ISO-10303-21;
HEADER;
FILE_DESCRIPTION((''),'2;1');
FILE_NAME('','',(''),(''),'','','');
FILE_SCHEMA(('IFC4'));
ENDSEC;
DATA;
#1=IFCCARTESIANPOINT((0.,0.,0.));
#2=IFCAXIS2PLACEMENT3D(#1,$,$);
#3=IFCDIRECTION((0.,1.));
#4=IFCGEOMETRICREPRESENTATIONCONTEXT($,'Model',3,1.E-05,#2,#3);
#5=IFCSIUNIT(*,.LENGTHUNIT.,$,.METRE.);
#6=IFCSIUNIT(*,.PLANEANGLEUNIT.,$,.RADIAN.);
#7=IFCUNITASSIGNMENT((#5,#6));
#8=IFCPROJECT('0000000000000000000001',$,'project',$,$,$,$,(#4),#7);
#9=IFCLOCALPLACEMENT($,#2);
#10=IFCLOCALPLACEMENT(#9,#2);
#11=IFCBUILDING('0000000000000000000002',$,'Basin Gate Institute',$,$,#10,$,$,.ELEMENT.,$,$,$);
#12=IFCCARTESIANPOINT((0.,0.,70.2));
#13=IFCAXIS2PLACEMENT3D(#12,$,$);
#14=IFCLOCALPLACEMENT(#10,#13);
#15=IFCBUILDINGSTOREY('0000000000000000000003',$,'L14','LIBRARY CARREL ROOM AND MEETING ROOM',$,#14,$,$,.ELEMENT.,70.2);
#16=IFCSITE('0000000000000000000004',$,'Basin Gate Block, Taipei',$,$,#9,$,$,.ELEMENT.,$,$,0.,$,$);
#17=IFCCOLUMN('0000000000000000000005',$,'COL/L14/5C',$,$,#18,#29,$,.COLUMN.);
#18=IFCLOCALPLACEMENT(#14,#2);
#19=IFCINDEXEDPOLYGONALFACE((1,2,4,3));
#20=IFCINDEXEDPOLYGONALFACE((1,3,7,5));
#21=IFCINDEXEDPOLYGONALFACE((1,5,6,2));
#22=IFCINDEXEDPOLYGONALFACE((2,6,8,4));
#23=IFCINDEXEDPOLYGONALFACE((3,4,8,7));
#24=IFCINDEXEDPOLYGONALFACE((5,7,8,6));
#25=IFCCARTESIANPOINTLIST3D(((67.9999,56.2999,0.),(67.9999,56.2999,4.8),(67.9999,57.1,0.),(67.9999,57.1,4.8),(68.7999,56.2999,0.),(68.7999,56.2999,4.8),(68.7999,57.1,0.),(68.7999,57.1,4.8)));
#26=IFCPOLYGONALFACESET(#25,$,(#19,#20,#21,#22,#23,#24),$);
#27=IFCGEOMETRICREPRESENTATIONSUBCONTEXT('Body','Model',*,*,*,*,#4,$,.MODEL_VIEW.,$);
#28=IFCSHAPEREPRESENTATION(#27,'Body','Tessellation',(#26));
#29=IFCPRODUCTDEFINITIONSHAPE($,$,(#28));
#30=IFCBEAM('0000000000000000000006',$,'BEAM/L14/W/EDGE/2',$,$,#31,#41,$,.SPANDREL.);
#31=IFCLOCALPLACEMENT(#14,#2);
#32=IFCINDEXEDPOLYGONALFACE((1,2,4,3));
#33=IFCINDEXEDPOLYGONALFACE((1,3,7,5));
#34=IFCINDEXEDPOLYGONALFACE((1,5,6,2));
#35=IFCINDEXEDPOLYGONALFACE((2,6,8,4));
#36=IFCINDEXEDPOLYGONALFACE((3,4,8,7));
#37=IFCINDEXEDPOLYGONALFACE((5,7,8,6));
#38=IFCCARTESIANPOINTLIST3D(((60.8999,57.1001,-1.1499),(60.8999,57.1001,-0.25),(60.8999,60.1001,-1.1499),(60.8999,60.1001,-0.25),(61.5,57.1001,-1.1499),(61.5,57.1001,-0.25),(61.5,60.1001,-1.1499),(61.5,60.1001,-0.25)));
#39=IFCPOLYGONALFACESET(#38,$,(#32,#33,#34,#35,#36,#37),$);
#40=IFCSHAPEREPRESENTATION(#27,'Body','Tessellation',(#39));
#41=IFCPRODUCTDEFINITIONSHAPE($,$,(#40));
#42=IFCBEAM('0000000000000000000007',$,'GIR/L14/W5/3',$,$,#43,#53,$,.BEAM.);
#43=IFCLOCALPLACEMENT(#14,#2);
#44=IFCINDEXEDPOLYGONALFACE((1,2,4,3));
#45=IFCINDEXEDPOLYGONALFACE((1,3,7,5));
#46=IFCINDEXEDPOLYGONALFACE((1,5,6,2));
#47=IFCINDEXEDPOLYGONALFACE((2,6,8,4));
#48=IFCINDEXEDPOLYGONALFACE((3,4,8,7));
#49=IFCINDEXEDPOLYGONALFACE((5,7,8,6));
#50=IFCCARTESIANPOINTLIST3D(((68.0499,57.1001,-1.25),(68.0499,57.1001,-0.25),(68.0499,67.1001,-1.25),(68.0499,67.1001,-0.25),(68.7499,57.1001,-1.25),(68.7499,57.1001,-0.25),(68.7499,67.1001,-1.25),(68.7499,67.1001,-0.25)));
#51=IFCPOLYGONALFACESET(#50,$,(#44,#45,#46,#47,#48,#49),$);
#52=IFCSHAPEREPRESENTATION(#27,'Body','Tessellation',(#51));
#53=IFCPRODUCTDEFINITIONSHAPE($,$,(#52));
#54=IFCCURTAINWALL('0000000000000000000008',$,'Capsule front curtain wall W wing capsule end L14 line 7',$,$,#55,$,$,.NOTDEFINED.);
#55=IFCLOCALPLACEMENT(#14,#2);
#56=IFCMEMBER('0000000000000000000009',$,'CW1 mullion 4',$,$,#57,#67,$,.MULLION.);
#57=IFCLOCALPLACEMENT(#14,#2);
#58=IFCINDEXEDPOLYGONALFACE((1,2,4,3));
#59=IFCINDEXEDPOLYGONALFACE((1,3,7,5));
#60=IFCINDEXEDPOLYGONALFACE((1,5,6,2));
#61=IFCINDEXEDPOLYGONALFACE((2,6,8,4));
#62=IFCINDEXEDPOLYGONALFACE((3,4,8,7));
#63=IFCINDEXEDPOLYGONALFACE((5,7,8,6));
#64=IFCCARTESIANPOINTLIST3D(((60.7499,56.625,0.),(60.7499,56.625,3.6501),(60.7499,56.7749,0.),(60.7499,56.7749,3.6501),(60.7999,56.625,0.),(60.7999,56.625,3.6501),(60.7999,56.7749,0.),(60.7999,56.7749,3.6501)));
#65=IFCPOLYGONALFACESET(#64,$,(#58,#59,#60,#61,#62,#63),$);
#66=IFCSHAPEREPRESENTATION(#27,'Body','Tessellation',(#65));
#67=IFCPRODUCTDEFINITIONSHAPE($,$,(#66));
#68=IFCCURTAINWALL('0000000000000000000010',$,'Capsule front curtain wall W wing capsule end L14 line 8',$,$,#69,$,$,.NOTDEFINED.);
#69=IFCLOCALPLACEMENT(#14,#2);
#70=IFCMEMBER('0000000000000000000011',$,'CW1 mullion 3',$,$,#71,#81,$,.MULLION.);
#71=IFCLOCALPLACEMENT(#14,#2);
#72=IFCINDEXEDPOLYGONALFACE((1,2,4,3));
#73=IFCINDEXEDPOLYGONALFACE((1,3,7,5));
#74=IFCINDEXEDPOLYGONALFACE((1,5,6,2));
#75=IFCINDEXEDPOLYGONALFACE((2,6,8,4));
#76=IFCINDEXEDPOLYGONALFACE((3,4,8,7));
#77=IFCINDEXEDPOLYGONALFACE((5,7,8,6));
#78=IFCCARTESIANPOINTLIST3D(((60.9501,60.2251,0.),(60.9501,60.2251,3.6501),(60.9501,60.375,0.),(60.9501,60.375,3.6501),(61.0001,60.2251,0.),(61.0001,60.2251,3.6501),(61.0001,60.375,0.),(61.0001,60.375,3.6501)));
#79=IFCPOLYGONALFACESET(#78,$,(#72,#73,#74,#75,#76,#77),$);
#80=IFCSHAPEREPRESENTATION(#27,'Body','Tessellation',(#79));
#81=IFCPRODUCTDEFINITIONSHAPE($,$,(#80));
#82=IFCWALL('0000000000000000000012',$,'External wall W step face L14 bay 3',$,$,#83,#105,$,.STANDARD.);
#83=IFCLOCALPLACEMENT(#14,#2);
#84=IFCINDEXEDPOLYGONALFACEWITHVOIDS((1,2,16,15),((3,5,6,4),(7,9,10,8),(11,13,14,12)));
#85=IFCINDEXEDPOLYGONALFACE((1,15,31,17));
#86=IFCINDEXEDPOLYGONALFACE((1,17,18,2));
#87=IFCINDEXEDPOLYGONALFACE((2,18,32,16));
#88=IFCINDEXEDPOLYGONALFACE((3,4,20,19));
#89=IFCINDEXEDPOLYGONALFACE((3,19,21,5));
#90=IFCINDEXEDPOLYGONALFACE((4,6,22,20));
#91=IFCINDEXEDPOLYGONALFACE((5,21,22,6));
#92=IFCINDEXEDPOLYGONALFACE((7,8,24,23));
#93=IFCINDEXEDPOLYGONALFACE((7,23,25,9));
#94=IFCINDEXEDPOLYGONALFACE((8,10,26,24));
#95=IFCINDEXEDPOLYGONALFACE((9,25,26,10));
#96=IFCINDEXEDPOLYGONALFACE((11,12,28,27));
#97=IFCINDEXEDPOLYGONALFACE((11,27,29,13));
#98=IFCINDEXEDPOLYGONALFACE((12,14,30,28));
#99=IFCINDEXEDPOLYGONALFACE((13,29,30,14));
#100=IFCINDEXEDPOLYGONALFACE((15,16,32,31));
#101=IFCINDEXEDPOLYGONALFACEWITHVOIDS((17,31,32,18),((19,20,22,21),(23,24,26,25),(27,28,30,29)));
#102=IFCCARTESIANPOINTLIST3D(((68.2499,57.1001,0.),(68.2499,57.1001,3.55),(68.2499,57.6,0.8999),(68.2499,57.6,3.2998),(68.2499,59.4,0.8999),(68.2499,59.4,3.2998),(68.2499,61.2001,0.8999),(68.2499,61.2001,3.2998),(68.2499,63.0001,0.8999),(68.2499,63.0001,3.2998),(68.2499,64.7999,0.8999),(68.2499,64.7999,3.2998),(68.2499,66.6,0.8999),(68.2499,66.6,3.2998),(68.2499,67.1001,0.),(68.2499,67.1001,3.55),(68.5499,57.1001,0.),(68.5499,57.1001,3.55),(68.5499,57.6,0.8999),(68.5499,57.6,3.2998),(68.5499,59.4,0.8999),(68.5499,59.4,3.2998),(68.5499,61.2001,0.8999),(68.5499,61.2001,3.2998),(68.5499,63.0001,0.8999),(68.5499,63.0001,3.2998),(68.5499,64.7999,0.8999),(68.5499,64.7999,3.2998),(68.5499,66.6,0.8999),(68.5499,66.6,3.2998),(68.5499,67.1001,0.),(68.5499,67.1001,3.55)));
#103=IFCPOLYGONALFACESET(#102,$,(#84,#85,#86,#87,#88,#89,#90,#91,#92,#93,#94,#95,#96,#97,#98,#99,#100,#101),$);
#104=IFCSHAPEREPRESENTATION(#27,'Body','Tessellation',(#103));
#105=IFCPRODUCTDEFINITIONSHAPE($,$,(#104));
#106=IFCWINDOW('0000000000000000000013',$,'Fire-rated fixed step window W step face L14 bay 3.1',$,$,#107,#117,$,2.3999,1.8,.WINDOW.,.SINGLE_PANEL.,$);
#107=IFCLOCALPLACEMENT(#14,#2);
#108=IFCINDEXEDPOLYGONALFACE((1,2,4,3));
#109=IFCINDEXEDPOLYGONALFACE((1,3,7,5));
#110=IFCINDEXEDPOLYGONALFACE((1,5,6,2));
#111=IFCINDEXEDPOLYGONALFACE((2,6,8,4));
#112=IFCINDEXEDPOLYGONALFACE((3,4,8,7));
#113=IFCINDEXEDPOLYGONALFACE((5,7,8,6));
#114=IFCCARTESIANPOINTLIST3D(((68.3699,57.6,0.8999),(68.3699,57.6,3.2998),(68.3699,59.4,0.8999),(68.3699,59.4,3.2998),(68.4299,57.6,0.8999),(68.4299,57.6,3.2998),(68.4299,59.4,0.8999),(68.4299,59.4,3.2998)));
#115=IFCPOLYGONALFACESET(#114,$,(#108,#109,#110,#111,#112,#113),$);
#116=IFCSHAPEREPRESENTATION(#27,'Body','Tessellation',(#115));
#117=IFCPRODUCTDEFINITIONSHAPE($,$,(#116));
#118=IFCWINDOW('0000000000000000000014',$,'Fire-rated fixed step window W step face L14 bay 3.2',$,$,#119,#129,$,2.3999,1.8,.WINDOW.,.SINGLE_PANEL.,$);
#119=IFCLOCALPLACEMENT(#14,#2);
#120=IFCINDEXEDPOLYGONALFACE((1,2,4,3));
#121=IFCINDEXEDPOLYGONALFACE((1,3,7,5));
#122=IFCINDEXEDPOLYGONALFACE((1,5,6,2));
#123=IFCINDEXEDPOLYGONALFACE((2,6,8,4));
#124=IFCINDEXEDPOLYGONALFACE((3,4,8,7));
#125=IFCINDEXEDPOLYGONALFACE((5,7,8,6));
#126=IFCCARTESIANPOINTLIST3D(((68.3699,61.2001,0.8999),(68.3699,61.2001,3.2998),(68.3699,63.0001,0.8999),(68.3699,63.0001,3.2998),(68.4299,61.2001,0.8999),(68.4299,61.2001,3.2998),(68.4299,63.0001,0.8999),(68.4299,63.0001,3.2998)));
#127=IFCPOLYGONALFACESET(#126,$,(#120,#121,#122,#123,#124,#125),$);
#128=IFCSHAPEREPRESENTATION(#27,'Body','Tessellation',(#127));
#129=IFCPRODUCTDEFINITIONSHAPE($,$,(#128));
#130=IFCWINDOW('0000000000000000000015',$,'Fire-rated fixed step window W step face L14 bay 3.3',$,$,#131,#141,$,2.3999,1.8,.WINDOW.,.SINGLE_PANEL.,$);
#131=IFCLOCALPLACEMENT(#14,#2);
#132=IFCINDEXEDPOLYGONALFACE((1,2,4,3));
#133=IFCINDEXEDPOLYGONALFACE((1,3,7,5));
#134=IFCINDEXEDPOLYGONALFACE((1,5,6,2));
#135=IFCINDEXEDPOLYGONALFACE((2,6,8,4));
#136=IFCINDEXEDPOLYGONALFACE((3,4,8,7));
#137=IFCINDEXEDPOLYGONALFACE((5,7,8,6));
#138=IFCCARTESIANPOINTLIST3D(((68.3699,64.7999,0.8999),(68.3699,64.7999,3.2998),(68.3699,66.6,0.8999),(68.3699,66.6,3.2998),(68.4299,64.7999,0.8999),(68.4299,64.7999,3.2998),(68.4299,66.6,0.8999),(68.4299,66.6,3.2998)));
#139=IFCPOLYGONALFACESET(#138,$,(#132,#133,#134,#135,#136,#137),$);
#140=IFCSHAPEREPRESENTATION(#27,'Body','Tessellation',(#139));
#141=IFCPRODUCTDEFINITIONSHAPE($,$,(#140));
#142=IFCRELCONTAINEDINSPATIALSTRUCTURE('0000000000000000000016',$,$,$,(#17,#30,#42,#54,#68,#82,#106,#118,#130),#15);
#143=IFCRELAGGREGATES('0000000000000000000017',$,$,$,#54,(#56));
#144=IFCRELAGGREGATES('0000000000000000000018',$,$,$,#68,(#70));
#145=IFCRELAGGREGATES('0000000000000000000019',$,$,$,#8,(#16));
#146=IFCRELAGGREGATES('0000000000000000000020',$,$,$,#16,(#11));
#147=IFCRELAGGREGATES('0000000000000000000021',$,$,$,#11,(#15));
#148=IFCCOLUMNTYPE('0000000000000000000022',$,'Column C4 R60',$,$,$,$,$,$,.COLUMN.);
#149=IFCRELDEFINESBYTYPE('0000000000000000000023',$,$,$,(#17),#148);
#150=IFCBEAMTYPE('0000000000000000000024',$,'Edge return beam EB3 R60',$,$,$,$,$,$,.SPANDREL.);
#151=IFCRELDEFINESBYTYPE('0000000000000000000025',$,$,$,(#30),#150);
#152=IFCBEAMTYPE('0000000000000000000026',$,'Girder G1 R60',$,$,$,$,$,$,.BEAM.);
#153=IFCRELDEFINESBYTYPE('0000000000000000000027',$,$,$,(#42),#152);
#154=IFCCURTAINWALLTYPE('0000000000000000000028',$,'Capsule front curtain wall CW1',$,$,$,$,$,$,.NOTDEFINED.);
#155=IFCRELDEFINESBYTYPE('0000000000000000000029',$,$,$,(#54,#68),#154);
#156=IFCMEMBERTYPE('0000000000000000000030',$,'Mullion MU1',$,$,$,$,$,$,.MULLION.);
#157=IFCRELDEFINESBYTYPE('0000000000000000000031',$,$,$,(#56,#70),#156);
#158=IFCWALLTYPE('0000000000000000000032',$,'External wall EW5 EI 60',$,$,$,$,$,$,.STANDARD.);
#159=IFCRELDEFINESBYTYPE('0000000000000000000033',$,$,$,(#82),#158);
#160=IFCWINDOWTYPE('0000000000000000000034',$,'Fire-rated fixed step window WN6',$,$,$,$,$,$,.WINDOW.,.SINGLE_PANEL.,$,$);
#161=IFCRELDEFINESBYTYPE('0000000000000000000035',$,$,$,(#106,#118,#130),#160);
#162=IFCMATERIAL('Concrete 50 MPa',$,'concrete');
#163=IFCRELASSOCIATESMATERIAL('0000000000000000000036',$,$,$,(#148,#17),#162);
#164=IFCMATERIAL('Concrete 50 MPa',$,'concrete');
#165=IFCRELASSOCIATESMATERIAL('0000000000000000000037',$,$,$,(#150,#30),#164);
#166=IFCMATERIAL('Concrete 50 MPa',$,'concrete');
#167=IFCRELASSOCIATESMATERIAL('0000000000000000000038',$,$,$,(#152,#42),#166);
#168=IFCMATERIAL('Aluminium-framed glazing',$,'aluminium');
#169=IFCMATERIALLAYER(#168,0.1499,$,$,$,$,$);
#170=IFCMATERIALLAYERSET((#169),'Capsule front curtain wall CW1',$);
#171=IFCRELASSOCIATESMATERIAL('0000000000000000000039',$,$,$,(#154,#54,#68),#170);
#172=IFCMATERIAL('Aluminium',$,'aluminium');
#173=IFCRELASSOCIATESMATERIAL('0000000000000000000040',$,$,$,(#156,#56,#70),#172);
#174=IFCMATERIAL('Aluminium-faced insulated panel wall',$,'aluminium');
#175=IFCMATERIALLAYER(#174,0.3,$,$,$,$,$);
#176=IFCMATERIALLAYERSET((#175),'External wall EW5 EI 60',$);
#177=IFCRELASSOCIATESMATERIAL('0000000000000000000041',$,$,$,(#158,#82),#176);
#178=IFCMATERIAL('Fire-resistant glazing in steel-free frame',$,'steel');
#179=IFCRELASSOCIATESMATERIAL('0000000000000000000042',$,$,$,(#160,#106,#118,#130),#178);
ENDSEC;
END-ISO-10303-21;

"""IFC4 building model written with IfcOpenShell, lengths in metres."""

from ifc_helpers import new_model, si_unit, direction, frame, frame_2d, origin, origin_2d, place, context, subcontext, project, spatial, rectangle, extrude, material, layer, layer_set, material_profile, profile_set, type_object, element, fill, aggregate, save


model = new_model("IFC4")

# Units and contexts
model_context = context("Model", 3, precision=1e-05, world=origin(), true_north=direction((0.0, 1.0)))
body_context = subcontext(model_context, "Body", "Model", "MODEL_VIEW")
ifc_project = project(units=[si_unit("LENGTHUNIT", "METRE"), si_unit("PLANEANGLEUNIT", "RADIAN")], contexts=[model_context])

# Site, building, storey
site_placement = place(None, origin())
site = spatial("IfcSite", under=ifc_project, at=site_placement, Name="Basin Gate Block, Taipei", CompositionType="ELEMENT", RefElevation=0.0)
building_placement = place(site_placement, origin())
building = spatial("IfcBuilding", under=site, at=building_placement, Name="Basin Gate Institute", CompositionType="ELEMENT")
storey_placement = place(building_placement, frame((0.0, 0.0, 70.2)))
storey = spatial("IfcBuildingStorey", under=building, at=storey_placement, Name="L14", Description="LIBRARY CARREL ROOM AND MEETING ROOM", CompositionType="ELEMENT", Elevation=70.2)

# Column
ifc_material_1 = material(Name="Concrete 50 MPa", Category="concrete")
ifc_material_profile_1 = material_profile(ifc_material_1, rectangle(XDim=0.8, YDim=0.8, at=origin_2d()), Name="Column C4 800 x 800")
ifc_profile_set_1 = profile_set([ifc_material_profile_1], Name="Concrete 50 MPa")
column_type = type_object("IfcColumnType", Name="Column C4 R60", PredefinedType="COLUMN", material=ifc_profile_set_1)
column_placement = place(storey_placement, frame((68.3999, 56.7, 0.0), z_axis=(0.0, 0.0, 1.0), x_axis=(1.0, 0.0, 0.0)))
element("IfcColumn", 1, at=column_placement, inside=storey, type_object=column_type, material=ifc_profile_set_1, Name="COL/L14/5C", PredefinedType="COLUMN", context=body_context, shape_type="SweptSolid", body=[
    extrude(rectangle(XDim=0.8, YDim=0.8, at=origin_2d()), origin(), (0.0, 0.0, 1.0), 4.8),
])

# Beams
ifc_material_2 = material(Name="Concrete 50 MPa", Category="concrete")
ifc_material_profile_2 = material_profile(ifc_material_2, rectangle(XDim=0.6001, YDim=0.8999, at=origin_2d()), Name="Edge return beam EB3 600 x 900")
ifc_profile_set_2 = profile_set([ifc_material_profile_2], Name="Concrete 50 MPa")
beam_type_1 = type_object("IfcBeamType", Name="Edge return beam EB3 R60", PredefinedType="SPANDREL", material=ifc_profile_set_2)
beam_1_placement = place(storey_placement, frame((61.2, 57.1001, -0.7), z_axis=(0.0, 1.0, 0.0), x_axis=(-1.0, 0.0, 0.0)))
element("IfcBeam", 2, at=beam_1_placement, inside=storey, type_object=beam_type_1, material=ifc_profile_set_2, Name="BEAM/L14/W/EDGE/2", PredefinedType="SPANDREL", context=body_context, shape_type="SweptSolid", body=[
    extrude(rectangle(XDim=0.6001, YDim=0.8999, at=origin_2d()), origin(), (0.0, 0.0, 1.0), 3.0),
])
ifc_material_3 = material(Name="Concrete 50 MPa", Category="concrete")
ifc_material_profile_3 = material_profile(ifc_material_3, rectangle(XDim=0.7, YDim=1.0, at=origin_2d()), Name="Girder G1 700 x 1000")
ifc_profile_set_3 = profile_set([ifc_material_profile_3], Name="Concrete 50 MPa")
beam_type_2 = type_object("IfcBeamType", Name="Girder G1 R60", PredefinedType="BEAM", material=ifc_profile_set_3)
beam_2_placement = place(storey_placement, frame((68.3999, 57.1001, -0.75), z_axis=(0.0, 1.0, 0.0), x_axis=(-1.0, 0.0, 0.0)))
element("IfcBeam", 3, at=beam_2_placement, inside=storey, type_object=beam_type_2, material=ifc_profile_set_3, Name="GIR/L14/W5/3", PredefinedType="BEAM", context=body_context, shape_type="SweptSolid", body=[
    extrude(rectangle(XDim=0.7, YDim=1.0, at=origin_2d()), origin(), (0.0, 0.0, 1.0), 10.0),
])

# Curtain walls, members
ifc_material_4 = material(Name="Aluminium-framed glazing", Category="aluminium")
ifc_layer_1 = layer(ifc_material_4, 0.1499)
ifc_layer_set_1 = layer_set([ifc_layer_1], Name="Capsule front curtain wall CW1")
curtain_wall_type = type_object("IfcCurtainWallType", Name="Capsule front curtain wall CW1", PredefinedType="NOTDEFINED", material=ifc_layer_set_1)
curtain_wall_1_placement = place(storey_placement, origin())
curtain_wall_1 = element("IfcCurtainWall", 4, at=curtain_wall_1_placement, inside=storey, type_object=curtain_wall_type, material=ifc_layer_set_1, Name="Capsule front curtain wall W wing capsule end L14 line 7", PredefinedType="NOTDEFINED")
ifc_material_5 = material(Name="Aluminium", Category="aluminium")
ifc_material_profile_4 = material_profile(ifc_material_5, rectangle(XDim=0.1499, YDim=0.05, at=origin_2d()), Name="Mullion MU1 150 x 50")
ifc_profile_set_4 = profile_set([ifc_material_profile_4], Name="Aluminium")
member_type = type_object("IfcMemberType", Name="Mullion MU1", PredefinedType="MULLION", material=ifc_profile_set_4)
member_1_placement = place(storey_placement, frame((60.7749, 56.7, 0.0), z_axis=(0.0, 0.0, 1.0), x_axis=(0.0, 1.0, 0.0)))
member_1 = element("IfcMember", 5, at=member_1_placement, type_object=member_type, material=ifc_profile_set_4, Name="CW1 mullion 4", PredefinedType="MULLION", context=body_context, shape_type="SweptSolid", body=[
    extrude(rectangle(XDim=0.1499, YDim=0.05, at=origin_2d()), origin(), (0.0, 0.0, 1.0), 3.6501),
])
aggregate(curtain_wall_1, [member_1])
curtain_wall_2_placement = place(storey_placement, origin())
curtain_wall_2 = element("IfcCurtainWall", 6, at=curtain_wall_2_placement, inside=storey, type_object=curtain_wall_type, material=ifc_layer_set_1, Name="Capsule front curtain wall W wing capsule end L14 line 8", PredefinedType="NOTDEFINED")
member_2_placement = place(storey_placement, frame((60.9751, 60.3, 0.0), z_axis=(0.0, 0.0, 1.0), x_axis=(0.0, 1.0, 0.0)))
member_2 = element("IfcMember", 7, at=member_2_placement, type_object=member_type, material=ifc_profile_set_4, Name="CW1 mullion 3", PredefinedType="MULLION", context=body_context, shape_type="SweptSolid", body=[
    extrude(rectangle(XDim=0.1499, YDim=0.05, at=origin_2d()), origin(), (0.0, 0.0, 1.0), 3.6501),
])
aggregate(curtain_wall_2, [member_2])

# Wall, openings, windows
ifc_material_6 = material(Name="Aluminium-faced insulated panel wall", Category="aluminium")
ifc_layer_2 = layer(ifc_material_6, 0.3)
ifc_layer_set_2 = layer_set([ifc_layer_2], Name="External wall EW5 EI 60")
wall_type_1 = type_object("IfcWallType", Name="External wall EW5 EI 60", PredefinedType="STANDARD", material=ifc_layer_set_2)
wall_1_placement = place(storey_placement, frame((68.3999, 57.1001, 0.0), z_axis=(0.0, 0.0, 1.0), x_axis=(0.0, 1.0, 0.0)))
wall_1 = element("IfcWall", 8, at=wall_1_placement, inside=storey, type_object=wall_type_1, material=ifc_layer_set_2, Name="External wall W step face L14 bay 3", PredefinedType="STANDARD", context=body_context, shape_type="SweptSolid", body=[
    extrude(rectangle(XDim=10.0, YDim=0.3, at=frame_2d((5.0, 0.0))), origin(), (0.0, 0.0, 1.0), 3.55),
])
opening_1_placement = place(wall_1_placement, frame((0.5, 0.0, 0.8999)))
opening_1 = element("IfcOpeningElement", 9, at=opening_1_placement, cuts=wall_1, PredefinedType="OPENING", context=body_context, shape_type="SweptSolid", body=[
    extrude(rectangle(XDim=1.8, YDim=2.3999, at=frame_2d((0.8999, 1.2))), frame((0.0, 0.1602, 0.0), z_axis=(0.0, -1.0, 0.0), x_axis=(1.0, 0.0, 0.0)), (0.0, 0.0, 1.0), 0.3201),
])
opening_2_placement = place(wall_1_placement, frame((4.1001, 0.0, 0.8999)))
opening_2 = element("IfcOpeningElement", 10, at=opening_2_placement, cuts=wall_1, PredefinedType="OPENING", context=body_context, shape_type="SweptSolid", body=[
    extrude(rectangle(XDim=1.8, YDim=2.3999, at=frame_2d((0.8999, 1.2))), frame((0.0, 0.1602, 0.0), z_axis=(0.0, -1.0, 0.0), x_axis=(1.0, 0.0, 0.0)), (0.0, 0.0, 1.0), 0.3201),
])
opening_3_placement = place(wall_1_placement, frame((7.7, 0.0, 0.8999)))
opening_3 = element("IfcOpeningElement", 11, at=opening_3_placement, cuts=wall_1, PredefinedType="OPENING", context=body_context, shape_type="SweptSolid", body=[
    extrude(rectangle(XDim=1.8, YDim=2.3999, at=frame_2d((0.8999, 1.2))), frame((0.0, 0.1602, 0.0), z_axis=(0.0, -1.0, 0.0), x_axis=(1.0, 0.0, 0.0)), (0.0, 0.0, 1.0), 0.3201),
])
ifc_material_7 = material(Name="Fire-resistant glazing in steel-free frame", Category="steel")
window_type_1 = type_object("IfcWindowType", Name="Fire-rated fixed step window WN6", PartitioningType="SINGLE_PANEL", PredefinedType="WINDOW", material=ifc_material_7)
window_1_placement = place(opening_1_placement, origin())
window_1 = element("IfcWindow", 12, at=window_1_placement, inside=storey, type_object=window_type_1, material=ifc_material_7, Name="Fire-rated fixed step window W step face L14 bay 3.1", OverallHeight=2.3999, OverallWidth=1.8, PartitioningType="SINGLE_PANEL", PredefinedType="WINDOW", context=body_context, shape_type="SweptSolid", body=[
    extrude(rectangle(XDim=1.8, YDim=2.3999, at=frame_2d((0.8999, 1.2))), frame((0.0, 0.03, 0.0), z_axis=(0.0, -1.0, 0.0), x_axis=(1.0, 0.0, 0.0)), (0.0, 0.0, 1.0), 0.0601),
])
fill(opening_1, window_1)
window_2_placement = place(opening_2_placement, origin())
window_2 = element("IfcWindow", 13, at=window_2_placement, inside=storey, type_object=window_type_1, material=ifc_material_7, Name="Fire-rated fixed step window W step face L14 bay 3.2", OverallHeight=2.3999, OverallWidth=1.8, PartitioningType="SINGLE_PANEL", PredefinedType="WINDOW", context=body_context, shape_type="SweptSolid", body=[
    extrude(rectangle(XDim=1.8, YDim=2.3999, at=frame_2d((0.8999, 1.2))), frame((0.0, 0.03, 0.0), z_axis=(0.0, -1.0, 0.0), x_axis=(1.0, 0.0, 0.0)), (0.0, 0.0, 1.0), 0.0601),
])
fill(opening_2, window_2)
window_3_placement = place(opening_3_placement, origin())
window_3 = element("IfcWindow", 14, at=window_3_placement, inside=storey, type_object=window_type_1, material=ifc_material_7, Name="Fire-rated fixed step window W step face L14 bay 3.3", OverallHeight=2.3999, OverallWidth=1.8, PartitioningType="SINGLE_PANEL", PredefinedType="WINDOW", context=body_context, shape_type="SweptSolid", body=[
    extrude(rectangle(XDim=1.8, YDim=2.3999, at=frame_2d((0.8999, 1.2))), frame((0.0, 0.03, 0.0), z_axis=(0.0, -1.0, 0.0), x_axis=(1.0, 0.0, 0.0)), (0.0, 0.0, 1.0), 0.0601),
])
fill(opening_3, window_3)

save(model, "model.ifc")
